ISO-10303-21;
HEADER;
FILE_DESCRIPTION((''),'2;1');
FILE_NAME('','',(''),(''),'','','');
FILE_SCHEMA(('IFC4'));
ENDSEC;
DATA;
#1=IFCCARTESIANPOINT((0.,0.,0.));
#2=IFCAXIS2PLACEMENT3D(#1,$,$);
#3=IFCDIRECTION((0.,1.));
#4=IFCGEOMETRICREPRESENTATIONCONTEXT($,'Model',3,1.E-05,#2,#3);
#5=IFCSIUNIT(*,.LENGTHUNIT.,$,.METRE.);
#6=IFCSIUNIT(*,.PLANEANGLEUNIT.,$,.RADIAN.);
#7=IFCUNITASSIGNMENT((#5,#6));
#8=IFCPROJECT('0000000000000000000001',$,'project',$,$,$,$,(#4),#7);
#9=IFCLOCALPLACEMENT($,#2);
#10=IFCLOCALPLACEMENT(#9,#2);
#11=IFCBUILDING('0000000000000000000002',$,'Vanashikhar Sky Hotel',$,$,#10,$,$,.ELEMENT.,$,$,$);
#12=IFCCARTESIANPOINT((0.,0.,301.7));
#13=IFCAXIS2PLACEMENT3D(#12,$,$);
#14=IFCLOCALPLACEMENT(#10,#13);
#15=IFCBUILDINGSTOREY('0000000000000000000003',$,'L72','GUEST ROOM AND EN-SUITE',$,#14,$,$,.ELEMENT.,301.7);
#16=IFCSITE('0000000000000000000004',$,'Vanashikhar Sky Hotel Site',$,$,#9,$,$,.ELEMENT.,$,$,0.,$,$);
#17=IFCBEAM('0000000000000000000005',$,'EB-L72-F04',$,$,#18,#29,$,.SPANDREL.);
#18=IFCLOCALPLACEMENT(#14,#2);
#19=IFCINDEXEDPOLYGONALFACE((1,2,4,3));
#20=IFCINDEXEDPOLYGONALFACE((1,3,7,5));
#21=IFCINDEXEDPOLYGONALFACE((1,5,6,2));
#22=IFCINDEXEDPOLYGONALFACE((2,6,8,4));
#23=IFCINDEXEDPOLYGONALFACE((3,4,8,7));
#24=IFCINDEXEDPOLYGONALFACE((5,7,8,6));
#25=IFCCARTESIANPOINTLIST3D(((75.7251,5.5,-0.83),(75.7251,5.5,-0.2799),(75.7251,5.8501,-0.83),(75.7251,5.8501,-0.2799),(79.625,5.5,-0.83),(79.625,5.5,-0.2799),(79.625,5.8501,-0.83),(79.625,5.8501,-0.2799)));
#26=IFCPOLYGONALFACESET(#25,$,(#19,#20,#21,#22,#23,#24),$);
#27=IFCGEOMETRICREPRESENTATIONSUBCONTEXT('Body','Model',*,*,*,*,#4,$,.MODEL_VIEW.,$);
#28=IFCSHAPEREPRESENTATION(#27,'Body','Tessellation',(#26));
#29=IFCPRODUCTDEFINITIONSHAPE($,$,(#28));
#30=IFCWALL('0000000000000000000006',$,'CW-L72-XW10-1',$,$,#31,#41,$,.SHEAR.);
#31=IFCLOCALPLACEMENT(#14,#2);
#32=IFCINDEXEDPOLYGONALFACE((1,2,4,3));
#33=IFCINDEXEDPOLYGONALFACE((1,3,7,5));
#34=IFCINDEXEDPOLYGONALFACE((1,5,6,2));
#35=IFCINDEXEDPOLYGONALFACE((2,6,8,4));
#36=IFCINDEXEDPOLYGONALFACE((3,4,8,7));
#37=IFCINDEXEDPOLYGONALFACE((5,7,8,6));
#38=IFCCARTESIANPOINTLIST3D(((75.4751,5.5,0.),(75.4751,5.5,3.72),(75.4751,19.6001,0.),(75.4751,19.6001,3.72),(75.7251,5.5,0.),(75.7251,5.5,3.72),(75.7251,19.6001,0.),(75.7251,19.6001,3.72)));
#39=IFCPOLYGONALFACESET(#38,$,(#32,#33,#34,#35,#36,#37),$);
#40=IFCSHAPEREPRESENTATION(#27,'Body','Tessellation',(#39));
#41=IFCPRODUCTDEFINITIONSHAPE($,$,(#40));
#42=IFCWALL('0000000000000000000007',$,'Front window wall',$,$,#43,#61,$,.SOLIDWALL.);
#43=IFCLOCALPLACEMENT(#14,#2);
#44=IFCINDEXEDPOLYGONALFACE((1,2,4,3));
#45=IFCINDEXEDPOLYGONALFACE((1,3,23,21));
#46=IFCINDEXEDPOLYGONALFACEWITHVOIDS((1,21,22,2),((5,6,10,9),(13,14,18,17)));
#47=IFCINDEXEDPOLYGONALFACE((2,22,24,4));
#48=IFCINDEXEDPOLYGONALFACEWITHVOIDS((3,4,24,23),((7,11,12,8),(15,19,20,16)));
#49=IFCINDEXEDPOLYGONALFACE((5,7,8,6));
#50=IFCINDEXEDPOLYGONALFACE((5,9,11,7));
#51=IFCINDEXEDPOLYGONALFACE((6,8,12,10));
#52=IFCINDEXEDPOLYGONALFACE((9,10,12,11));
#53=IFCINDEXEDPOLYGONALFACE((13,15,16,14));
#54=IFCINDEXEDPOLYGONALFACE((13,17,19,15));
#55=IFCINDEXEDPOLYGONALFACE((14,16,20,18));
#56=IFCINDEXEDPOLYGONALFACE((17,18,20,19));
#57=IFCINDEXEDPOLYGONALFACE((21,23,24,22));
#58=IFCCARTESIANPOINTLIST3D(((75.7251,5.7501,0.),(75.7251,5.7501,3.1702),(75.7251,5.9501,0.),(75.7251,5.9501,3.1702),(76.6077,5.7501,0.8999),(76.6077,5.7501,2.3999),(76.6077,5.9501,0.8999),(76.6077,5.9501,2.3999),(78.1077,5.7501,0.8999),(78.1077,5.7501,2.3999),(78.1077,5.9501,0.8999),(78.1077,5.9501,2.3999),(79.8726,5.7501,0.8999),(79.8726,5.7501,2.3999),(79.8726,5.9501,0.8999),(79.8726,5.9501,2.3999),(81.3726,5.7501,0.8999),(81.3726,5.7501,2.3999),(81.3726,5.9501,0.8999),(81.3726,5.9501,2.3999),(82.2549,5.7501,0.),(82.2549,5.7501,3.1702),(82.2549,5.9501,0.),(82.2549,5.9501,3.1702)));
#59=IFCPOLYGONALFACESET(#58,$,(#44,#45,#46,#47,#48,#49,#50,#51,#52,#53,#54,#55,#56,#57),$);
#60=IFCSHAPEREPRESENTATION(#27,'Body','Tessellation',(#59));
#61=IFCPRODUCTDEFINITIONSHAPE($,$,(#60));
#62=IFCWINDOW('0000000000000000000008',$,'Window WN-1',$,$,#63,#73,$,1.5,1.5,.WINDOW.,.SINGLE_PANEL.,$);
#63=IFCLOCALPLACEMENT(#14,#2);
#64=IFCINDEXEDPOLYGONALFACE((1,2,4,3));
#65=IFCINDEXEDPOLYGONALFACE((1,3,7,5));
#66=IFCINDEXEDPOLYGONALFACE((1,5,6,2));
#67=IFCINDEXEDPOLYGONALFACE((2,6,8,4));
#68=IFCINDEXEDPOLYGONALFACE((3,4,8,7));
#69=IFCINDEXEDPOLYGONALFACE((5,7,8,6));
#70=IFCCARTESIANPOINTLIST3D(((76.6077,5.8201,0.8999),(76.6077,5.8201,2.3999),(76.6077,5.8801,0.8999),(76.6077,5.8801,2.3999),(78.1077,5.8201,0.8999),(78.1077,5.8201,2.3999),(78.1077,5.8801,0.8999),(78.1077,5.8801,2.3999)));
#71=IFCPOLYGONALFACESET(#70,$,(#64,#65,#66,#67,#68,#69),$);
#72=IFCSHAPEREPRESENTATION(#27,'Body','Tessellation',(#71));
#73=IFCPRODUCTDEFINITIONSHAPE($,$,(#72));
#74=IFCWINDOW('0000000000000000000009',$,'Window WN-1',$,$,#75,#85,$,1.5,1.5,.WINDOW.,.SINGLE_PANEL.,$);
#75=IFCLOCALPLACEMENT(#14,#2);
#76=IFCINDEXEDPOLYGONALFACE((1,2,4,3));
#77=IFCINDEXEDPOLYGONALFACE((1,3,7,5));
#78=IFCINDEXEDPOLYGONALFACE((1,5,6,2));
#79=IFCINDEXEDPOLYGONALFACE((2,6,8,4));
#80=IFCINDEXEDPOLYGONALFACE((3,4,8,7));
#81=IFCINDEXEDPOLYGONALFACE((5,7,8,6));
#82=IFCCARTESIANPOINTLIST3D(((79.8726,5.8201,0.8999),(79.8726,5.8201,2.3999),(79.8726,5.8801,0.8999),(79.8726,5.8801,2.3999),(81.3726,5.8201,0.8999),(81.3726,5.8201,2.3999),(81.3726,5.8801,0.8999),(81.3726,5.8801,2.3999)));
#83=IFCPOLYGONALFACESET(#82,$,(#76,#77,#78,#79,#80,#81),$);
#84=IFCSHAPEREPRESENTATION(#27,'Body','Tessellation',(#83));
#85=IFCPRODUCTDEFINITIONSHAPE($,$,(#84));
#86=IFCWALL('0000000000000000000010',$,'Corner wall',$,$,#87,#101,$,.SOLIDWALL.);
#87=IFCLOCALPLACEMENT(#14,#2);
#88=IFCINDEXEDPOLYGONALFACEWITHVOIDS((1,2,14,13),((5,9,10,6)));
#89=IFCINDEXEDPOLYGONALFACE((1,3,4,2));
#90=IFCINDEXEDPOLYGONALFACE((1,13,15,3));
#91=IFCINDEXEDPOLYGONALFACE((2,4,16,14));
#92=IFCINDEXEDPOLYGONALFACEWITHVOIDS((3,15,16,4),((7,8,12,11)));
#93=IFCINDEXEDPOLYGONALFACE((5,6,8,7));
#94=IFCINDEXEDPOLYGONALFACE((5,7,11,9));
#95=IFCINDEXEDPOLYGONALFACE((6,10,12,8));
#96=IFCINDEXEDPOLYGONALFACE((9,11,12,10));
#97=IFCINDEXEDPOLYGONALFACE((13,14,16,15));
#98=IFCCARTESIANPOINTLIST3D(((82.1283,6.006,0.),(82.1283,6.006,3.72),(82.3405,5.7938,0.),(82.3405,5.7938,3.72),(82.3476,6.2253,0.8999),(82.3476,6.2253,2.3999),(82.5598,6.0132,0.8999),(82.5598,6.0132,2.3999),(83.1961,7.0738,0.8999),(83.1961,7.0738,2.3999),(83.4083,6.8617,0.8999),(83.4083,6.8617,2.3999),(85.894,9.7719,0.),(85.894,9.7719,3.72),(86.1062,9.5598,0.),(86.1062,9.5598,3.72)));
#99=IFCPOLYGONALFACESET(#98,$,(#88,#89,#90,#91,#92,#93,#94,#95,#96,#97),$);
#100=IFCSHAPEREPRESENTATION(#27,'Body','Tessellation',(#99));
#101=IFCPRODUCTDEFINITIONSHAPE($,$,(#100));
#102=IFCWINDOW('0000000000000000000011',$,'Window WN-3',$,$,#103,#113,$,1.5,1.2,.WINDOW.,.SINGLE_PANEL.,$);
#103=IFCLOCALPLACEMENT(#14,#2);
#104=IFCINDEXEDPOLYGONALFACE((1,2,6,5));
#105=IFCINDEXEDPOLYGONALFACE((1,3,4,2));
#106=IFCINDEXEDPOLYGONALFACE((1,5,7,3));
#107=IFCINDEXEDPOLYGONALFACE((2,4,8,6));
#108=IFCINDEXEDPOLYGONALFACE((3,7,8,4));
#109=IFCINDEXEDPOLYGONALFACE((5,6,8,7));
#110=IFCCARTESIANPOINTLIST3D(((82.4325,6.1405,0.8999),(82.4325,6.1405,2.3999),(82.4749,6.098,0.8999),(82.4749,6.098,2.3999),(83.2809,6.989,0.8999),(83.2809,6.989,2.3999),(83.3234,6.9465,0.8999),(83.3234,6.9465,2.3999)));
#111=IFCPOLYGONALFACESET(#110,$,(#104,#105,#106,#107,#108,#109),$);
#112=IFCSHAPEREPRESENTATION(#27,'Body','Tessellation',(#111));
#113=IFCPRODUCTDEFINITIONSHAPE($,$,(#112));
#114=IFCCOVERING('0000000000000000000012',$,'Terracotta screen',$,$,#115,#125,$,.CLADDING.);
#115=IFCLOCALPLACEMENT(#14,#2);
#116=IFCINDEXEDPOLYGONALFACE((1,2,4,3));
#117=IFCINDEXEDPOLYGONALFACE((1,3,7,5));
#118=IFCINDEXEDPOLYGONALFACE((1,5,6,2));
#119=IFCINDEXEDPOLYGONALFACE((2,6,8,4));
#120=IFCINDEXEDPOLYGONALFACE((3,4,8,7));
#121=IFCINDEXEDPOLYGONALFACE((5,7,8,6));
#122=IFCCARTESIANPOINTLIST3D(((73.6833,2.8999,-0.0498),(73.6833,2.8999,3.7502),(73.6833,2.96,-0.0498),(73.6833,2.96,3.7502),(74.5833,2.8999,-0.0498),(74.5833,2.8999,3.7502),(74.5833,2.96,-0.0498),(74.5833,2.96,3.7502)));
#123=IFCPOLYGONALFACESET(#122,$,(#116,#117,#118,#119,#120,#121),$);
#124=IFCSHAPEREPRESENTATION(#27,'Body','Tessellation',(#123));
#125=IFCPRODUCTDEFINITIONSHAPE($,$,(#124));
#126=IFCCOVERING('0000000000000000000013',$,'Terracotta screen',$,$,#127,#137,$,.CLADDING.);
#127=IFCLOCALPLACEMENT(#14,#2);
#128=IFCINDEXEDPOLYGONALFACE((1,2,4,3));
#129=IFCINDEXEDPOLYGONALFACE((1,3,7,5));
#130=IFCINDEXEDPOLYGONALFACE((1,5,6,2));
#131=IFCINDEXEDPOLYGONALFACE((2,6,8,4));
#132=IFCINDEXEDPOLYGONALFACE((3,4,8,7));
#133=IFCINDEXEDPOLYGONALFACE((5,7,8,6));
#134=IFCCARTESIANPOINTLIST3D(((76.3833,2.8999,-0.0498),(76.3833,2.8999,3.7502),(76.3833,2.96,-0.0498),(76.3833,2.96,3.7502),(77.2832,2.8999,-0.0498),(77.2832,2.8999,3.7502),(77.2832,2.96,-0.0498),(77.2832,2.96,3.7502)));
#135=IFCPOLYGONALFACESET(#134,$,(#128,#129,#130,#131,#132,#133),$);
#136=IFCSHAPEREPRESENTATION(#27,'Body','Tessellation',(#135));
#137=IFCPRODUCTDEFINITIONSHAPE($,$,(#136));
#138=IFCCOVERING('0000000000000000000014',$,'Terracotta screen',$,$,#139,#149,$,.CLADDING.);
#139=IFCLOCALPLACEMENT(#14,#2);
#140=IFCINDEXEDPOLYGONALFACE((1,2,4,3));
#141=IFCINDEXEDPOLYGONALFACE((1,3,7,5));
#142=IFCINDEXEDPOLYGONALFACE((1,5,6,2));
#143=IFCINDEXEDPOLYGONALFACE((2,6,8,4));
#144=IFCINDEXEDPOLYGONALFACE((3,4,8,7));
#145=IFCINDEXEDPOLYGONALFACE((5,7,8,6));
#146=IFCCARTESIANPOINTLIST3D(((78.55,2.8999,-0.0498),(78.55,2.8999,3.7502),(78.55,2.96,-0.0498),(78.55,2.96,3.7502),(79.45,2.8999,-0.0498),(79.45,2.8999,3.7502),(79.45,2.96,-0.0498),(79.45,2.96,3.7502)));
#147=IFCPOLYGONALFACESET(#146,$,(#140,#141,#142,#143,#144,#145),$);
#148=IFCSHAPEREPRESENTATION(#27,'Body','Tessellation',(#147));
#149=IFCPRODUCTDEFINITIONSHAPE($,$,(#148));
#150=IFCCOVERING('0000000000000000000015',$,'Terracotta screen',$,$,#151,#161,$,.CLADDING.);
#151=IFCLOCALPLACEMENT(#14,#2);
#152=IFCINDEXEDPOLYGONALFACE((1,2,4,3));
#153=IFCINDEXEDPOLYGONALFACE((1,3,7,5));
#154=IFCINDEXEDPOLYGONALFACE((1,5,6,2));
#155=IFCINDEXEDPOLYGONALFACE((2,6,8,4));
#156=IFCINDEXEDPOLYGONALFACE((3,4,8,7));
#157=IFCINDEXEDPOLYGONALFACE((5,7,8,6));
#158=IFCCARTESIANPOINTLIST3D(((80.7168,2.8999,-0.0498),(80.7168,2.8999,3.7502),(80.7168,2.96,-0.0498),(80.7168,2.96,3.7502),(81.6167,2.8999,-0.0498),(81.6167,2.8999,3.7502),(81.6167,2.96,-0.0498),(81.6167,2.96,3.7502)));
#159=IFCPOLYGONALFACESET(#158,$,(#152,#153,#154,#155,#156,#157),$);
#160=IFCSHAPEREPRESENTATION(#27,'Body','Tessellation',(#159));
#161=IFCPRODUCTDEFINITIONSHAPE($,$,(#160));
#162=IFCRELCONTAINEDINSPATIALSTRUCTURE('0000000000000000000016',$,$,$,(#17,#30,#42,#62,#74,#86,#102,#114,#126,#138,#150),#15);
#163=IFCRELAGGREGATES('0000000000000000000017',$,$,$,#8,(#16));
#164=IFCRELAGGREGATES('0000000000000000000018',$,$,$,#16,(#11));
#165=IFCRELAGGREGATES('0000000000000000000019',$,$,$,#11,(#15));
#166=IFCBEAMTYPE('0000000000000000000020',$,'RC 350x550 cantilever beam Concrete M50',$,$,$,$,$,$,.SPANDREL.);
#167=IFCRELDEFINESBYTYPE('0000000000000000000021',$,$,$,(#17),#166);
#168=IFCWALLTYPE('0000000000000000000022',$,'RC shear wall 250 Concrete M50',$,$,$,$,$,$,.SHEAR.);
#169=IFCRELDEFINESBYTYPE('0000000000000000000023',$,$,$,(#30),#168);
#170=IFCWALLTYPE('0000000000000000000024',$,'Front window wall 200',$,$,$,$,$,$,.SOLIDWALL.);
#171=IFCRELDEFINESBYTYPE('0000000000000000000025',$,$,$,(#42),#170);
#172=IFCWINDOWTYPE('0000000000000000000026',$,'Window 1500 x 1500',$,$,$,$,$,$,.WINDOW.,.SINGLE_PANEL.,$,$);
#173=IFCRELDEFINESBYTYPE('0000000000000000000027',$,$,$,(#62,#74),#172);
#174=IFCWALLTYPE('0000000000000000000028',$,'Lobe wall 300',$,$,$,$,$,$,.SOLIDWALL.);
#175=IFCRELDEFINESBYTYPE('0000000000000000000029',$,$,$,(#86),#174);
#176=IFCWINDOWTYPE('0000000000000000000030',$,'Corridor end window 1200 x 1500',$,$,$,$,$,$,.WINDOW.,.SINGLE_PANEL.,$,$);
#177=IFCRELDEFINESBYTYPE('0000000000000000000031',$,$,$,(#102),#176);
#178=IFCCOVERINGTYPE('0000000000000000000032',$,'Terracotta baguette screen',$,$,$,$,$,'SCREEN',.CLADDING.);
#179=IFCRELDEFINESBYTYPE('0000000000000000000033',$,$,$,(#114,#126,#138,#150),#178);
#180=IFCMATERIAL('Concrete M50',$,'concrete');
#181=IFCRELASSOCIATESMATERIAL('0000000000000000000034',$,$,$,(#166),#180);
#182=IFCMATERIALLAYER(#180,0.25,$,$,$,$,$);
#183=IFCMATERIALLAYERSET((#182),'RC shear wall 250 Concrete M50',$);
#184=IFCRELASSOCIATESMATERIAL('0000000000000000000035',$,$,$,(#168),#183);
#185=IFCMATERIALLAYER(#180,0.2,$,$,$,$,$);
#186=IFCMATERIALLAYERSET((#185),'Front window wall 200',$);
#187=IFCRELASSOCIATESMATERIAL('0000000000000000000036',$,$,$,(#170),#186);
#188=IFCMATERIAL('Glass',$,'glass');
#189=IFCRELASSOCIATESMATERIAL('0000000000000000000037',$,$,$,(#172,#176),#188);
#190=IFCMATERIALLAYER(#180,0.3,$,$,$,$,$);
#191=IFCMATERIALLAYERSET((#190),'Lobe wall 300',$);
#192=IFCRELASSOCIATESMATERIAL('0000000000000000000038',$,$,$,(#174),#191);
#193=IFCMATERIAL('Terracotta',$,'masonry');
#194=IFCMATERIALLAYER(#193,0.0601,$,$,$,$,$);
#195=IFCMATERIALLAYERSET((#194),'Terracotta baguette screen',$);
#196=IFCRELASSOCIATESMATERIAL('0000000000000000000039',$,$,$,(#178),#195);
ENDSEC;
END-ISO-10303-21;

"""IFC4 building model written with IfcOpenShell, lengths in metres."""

from ifc_helpers import new_model, si_unit, direction, frame, frame_2d, origin, origin_2d, place, context, subcontext, project, spatial, rectangle, extrude, source, transform, mapped, material, layer, layer_set, material_profile, profile_set, type_object, element, fill, save


model = new_model("IFC4")

# Units and contexts
model_context = context("Model", 3, precision=1e-05, world=origin(), true_north=direction((0.0, 1.0)))
body_context = subcontext(model_context, "Body", "Model", "MODEL_VIEW")
ifc_project = project(units=[si_unit("LENGTHUNIT", "METRE"), si_unit("PLANEANGLEUNIT", "RADIAN")], contexts=[model_context])

# Site, building, storey
site_placement = place(None, origin())
site = spatial("IfcSite", under=ifc_project, at=site_placement, Name="Vanashikhar Sky Hotel Site", CompositionType="ELEMENT", RefElevation=0.0)
building_placement = place(site_placement, origin())
building = spatial("IfcBuilding", under=site, at=building_placement, Name="Vanashikhar Sky Hotel", CompositionType="ELEMENT")
storey_placement = place(building_placement, frame((0.0, 0.0, 301.7)))
storey = spatial("IfcBuildingStorey", under=building, at=storey_placement, Name="L72", Description="GUEST ROOM AND EN-SUITE", CompositionType="ELEMENT", Elevation=301.7)

# Beam
ifc_material_1 = material(Name="Concrete M50", Category="concrete")
ifc_material_profile = material_profile(ifc_material_1, rectangle(XDim=0.3501, YDim=0.55, at=origin_2d()))
ifc_profile_set = profile_set([ifc_material_profile], Name="RC 350x550 cantilever beam Concrete M50")
beam_type = type_object("IfcBeamType", Name="RC 350x550 cantilever beam Concrete M50", PredefinedType="SPANDREL", material=ifc_profile_set)
shared_shape_1 = source(origin(), body_context, "Body", "SweptSolid", [
    extrude(rectangle(XDim=0.3501, YDim=0.55, at=origin_2d()), origin(), (0.0, 0.0, 1.0), 3.8999),
])
beam_placement = place(storey_placement, frame((75.7251, 5.675, -0.5549), z_axis=(1.0, 0.0, 0.0), x_axis=(0.0, 1.0, 0.0)))
element("IfcBeam", 1, at=beam_placement, inside=storey, type_object=beam_type, Name="EB-L72-F04", PredefinedType="SPANDREL", context=body_context, shape_type="MappedRepresentation", body=[
    mapped(shared_shape_1, transform((0.0, 0.0, 0.0), scale=1.0)),
])

# Wall
ifc_layer_1 = layer(ifc_material_1, 0.25)
ifc_layer_set_1 = layer_set([ifc_layer_1], Name="RC shear wall 250 Concrete M50")
wall_type_1 = type_object("IfcWallType", Name="RC shear wall 250 Concrete M50", PredefinedType="SHEAR", material=ifc_layer_set_1)
shared_shape_2 = source(origin(), body_context, "Body", "SweptSolid", [
    extrude(rectangle(XDim=14.1001, YDim=0.25, at=frame_2d((7.05, 0.0))), origin(), (0.0, 0.0, 1.0), 3.72),
])
wall_1_placement = place(storey_placement, frame((75.6001, 5.5, 0.0), z_axis=(0.0, 0.0, 1.0), x_axis=(0.0, 1.0, 0.0)))
element("IfcWall", 2, at=wall_1_placement, inside=storey, type_object=wall_type_1, Name="CW-L72-XW10-1", PredefinedType="SHEAR", context=body_context, shape_type="MappedRepresentation", body=[
    mapped(shared_shape_2, transform((0.0, 0.0, 0.0), scale=1.0)),
])

# Wall, openings, windows
ifc_layer_2 = layer(ifc_material_1, 0.2)
ifc_layer_set_2 = layer_set([ifc_layer_2], Name="Front window wall 200")
wall_type_2 = type_object("IfcWallType", Name="Front window wall 200", PredefinedType="SOLIDWALL", material=ifc_layer_set_2)
shared_shape_3 = source(origin(), body_context, "Body", "SweptSolid", [
    extrude(rectangle(XDim=6.5298, YDim=0.2, at=frame_2d((3.2649, 0.0))), origin(), (0.0, 0.0, 1.0), 3.1702),
])
wall_2_placement = place(storey_placement, frame((75.7251, 5.8501, 0.0), z_axis=(0.0, 0.0, 1.0), x_axis=(1.0, 0.0, 0.0)))
wall_2 = element("IfcWall", 3, at=wall_2_placement, inside=storey, type_object=wall_type_2, Name="Front window wall", PredefinedType="SOLIDWALL", context=body_context, shape_type="MappedRepresentation", body=[
    mapped(shared_shape_3, transform((0.0, 0.0, 0.0), scale=1.0)),
])
shared_shape_4 = source(origin(), body_context, "Body", "SweptSolid", [
    extrude(rectangle(XDim=1.5, YDim=1.5, at=frame_2d((0.75, 0.75))), frame((0.0, 0.1099, 0.0), z_axis=(0.0, -1.0, 0.0), x_axis=(1.0, 0.0, 0.0)), (0.0, 0.0, 1.0), 0.22),
])
opening_1_placement = place(wall_2_placement, frame((0.8826, 0.0, 0.8999)))
opening_1 = element("IfcOpeningElement", 4, at=opening_1_placement, cuts=wall_2, PredefinedType="OPENING", context=body_context, shape_type="MappedRepresentation", body=[
    mapped(shared_shape_4, transform((0.0, 0.0, 0.0), scale=1.0)),
])
opening_2_placement = place(wall_2_placement, frame((4.1475, 0.0, 0.8999)))
opening_2 = element("IfcOpeningElement", 5, at=opening_2_placement, cuts=wall_2, PredefinedType="OPENING", context=body_context, shape_type="MappedRepresentation", body=[
    mapped(shared_shape_4, transform((0.0, 0.0, 0.0), scale=1.0)),
])
ifc_material_2 = material(Name="Glass", Category="glass")
window_type_1 = type_object("IfcWindowType", Name="Window 1500 x 1500", PartitioningType="SINGLE_PANEL", PredefinedType="WINDOW", material=ifc_material_2)
shared_shape_5 = source(origin(), body_context, "Body", "SweptSolid", [
    extrude(rectangle(XDim=1.5, YDim=1.5, at=frame_2d((0.75, 0.75))), frame((0.0, 0.03, 0.0), z_axis=(0.0, -1.0, 0.0), x_axis=(1.0, 0.0, 0.0)), (0.0, 0.0, 1.0), 0.0601),
])
window_1_placement = place(opening_1_placement, origin())
window_1 = element("IfcWindow", 6, at=window_1_placement, inside=storey, type_object=window_type_1, Name="Window WN-1", OverallHeight=1.5, OverallWidth=1.5, PartitioningType="SINGLE_PANEL", PredefinedType="WINDOW", context=body_context, shape_type="MappedRepresentation", body=[
    mapped(shared_shape_5, transform((0.0, 0.0, 0.0), scale=1.0)),
])
fill(opening_1, window_1)
window_2_placement = place(opening_2_placement, origin())
window_2 = element("IfcWindow", 7, at=window_2_placement, inside=storey, type_object=window_type_1, Name="Window WN-1", OverallHeight=1.5, OverallWidth=1.5, PartitioningType="SINGLE_PANEL", PredefinedType="WINDOW", context=body_context, shape_type="MappedRepresentation", body=[
    mapped(shared_shape_5, transform((0.0, 0.0, 0.0), scale=1.0)),
])
fill(opening_2, window_2)

# Wall, opening, window
ifc_layer_3 = layer(ifc_material_1, 0.3)
ifc_layer_set_3 = layer_set([ifc_layer_3], Name="Lobe wall 300")
wall_type_3 = type_object("IfcWallType", Name="Lobe wall 300", PredefinedType="SOLIDWALL", material=ifc_layer_set_3)
shared_shape_6 = source(origin(), body_context, "Body", "SweptSolid", [
    extrude(rectangle(XDim=5.3257, YDim=0.3, at=frame_2d((2.6628, 0.0))), origin(), (0.0, 0.0, 1.0), 3.72),
])
wall_3_placement = place(storey_placement, frame((82.2344, 5.8999, 0.0), z_axis=(0.0, 0.0, 1.0), x_axis=(0.707084, 0.70713, 0.0)))
wall_3 = element("IfcWall", 8, at=wall_3_placement, inside=storey, type_object=wall_type_3, Name="Corner wall", PredefinedType="SOLIDWALL", context=body_context, shape_type="MappedRepresentation", body=[
    mapped(shared_shape_6, transform((0.0, 0.0, 0.0), scale=1.0)),
])
shared_shape_7 = source(origin(), body_context, "Body", "SweptSolid", [
    extrude(rectangle(XDim=1.2, YDim=1.5, at=frame_2d((0.6001, 0.75))), frame((0.0, 0.1602, 0.0), z_axis=(0.0, -1.0, 0.0), x_axis=(1.0, 0.0, 0.0)), (0.0, 0.0, 1.0), 0.3201),
])
opening_3_placement = place(wall_3_placement, frame((0.3101, 0.0, 0.8999)))
opening_3 = element("IfcOpeningElement", 9, at=opening_3_placement, cuts=wall_3, PredefinedType="OPENING", context=body_context, shape_type="MappedRepresentation", body=[
    mapped(shared_shape_7, transform((0.0, 0.0, 0.0), scale=1.0)),
])
window_type_2 = type_object("IfcWindowType", Name="Corridor end window 1200 x 1500", PartitioningType="SINGLE_PANEL", PredefinedType="WINDOW", material=ifc_material_2)
shared_shape_8 = source(origin(), body_context, "Body", "SweptSolid", [
    extrude(rectangle(XDim=1.2, YDim=1.5, at=frame_2d((0.6001, 0.75))), frame((0.0, 0.03, 0.0), z_axis=(0.0, -1.0, 0.0), x_axis=(1.0, 0.0, 0.0)), (0.0, 0.0, 1.0), 0.0601),
])
window_3_placement = place(opening_3_placement, origin())
window_3 = element("IfcWindow", 10, at=window_3_placement, inside=storey, type_object=window_type_2, Name="Window WN-3", OverallHeight=1.5, OverallWidth=1.2, PartitioningType="SINGLE_PANEL", PredefinedType="WINDOW", context=body_context, shape_type="MappedRepresentation", body=[
    mapped(shared_shape_8, transform((0.0, 0.0, 0.0), scale=1.0)),
])
fill(opening_3, window_3)

# Coverings
ifc_material_3 = material(Name="Terracotta", Category="masonry")
ifc_layer_4 = layer(ifc_material_3, 0.0601)
ifc_layer_set_4 = layer_set([ifc_layer_4], Name="Terracotta baguette screen")
covering_type = type_object("IfcCoveringType", Name="Terracotta baguette screen", ElementType="SCREEN", PredefinedType="CLADDING", material=ifc_layer_set_4)
shared_shape_9 = source(origin(), body_context, "Body", "SweptSolid", [
    extrude(rectangle(XDim=0.8999, YDim=0.0601, at=origin_2d()), origin(), (0.0, 0.0, 1.0), 3.8),
])
for number, where, z_axis, x_axis, name in (
    (11, (74.1333, 2.9299, -0.0498), (0.0, 0.0, 1.0), (1.0, 0.0, 0.0), "Terracotta screen"),
    (12, (76.8333, 2.9299, -0.0498), (0.0, 0.0, 1.0), (1.0, 0.0, 0.0), "Terracotta screen"),
    (13, (79.0, 2.9299, -0.0498), (0.0, 0.0, 1.0), (1.0, 0.0, 0.0), "Terracotta screen"),
    (14, (81.1667, 2.9299, -0.0498), (0.0, 0.0, 1.0), (1.0, 0.0, 0.0), "Terracotta screen"),
):
    element("IfcCovering", number, at=place(storey_placement, frame(where, z_axis=z_axis, x_axis=x_axis)), inside=storey, type_object=covering_type, Name=name, PredefinedType="CLADDING", context=body_context, shape_type="MappedRepresentation", body=[
        mapped(shared_shape_9, transform((0.0, 0.0, 0.0), scale=1.0)),
    ])

save(model, "model.ifc")
